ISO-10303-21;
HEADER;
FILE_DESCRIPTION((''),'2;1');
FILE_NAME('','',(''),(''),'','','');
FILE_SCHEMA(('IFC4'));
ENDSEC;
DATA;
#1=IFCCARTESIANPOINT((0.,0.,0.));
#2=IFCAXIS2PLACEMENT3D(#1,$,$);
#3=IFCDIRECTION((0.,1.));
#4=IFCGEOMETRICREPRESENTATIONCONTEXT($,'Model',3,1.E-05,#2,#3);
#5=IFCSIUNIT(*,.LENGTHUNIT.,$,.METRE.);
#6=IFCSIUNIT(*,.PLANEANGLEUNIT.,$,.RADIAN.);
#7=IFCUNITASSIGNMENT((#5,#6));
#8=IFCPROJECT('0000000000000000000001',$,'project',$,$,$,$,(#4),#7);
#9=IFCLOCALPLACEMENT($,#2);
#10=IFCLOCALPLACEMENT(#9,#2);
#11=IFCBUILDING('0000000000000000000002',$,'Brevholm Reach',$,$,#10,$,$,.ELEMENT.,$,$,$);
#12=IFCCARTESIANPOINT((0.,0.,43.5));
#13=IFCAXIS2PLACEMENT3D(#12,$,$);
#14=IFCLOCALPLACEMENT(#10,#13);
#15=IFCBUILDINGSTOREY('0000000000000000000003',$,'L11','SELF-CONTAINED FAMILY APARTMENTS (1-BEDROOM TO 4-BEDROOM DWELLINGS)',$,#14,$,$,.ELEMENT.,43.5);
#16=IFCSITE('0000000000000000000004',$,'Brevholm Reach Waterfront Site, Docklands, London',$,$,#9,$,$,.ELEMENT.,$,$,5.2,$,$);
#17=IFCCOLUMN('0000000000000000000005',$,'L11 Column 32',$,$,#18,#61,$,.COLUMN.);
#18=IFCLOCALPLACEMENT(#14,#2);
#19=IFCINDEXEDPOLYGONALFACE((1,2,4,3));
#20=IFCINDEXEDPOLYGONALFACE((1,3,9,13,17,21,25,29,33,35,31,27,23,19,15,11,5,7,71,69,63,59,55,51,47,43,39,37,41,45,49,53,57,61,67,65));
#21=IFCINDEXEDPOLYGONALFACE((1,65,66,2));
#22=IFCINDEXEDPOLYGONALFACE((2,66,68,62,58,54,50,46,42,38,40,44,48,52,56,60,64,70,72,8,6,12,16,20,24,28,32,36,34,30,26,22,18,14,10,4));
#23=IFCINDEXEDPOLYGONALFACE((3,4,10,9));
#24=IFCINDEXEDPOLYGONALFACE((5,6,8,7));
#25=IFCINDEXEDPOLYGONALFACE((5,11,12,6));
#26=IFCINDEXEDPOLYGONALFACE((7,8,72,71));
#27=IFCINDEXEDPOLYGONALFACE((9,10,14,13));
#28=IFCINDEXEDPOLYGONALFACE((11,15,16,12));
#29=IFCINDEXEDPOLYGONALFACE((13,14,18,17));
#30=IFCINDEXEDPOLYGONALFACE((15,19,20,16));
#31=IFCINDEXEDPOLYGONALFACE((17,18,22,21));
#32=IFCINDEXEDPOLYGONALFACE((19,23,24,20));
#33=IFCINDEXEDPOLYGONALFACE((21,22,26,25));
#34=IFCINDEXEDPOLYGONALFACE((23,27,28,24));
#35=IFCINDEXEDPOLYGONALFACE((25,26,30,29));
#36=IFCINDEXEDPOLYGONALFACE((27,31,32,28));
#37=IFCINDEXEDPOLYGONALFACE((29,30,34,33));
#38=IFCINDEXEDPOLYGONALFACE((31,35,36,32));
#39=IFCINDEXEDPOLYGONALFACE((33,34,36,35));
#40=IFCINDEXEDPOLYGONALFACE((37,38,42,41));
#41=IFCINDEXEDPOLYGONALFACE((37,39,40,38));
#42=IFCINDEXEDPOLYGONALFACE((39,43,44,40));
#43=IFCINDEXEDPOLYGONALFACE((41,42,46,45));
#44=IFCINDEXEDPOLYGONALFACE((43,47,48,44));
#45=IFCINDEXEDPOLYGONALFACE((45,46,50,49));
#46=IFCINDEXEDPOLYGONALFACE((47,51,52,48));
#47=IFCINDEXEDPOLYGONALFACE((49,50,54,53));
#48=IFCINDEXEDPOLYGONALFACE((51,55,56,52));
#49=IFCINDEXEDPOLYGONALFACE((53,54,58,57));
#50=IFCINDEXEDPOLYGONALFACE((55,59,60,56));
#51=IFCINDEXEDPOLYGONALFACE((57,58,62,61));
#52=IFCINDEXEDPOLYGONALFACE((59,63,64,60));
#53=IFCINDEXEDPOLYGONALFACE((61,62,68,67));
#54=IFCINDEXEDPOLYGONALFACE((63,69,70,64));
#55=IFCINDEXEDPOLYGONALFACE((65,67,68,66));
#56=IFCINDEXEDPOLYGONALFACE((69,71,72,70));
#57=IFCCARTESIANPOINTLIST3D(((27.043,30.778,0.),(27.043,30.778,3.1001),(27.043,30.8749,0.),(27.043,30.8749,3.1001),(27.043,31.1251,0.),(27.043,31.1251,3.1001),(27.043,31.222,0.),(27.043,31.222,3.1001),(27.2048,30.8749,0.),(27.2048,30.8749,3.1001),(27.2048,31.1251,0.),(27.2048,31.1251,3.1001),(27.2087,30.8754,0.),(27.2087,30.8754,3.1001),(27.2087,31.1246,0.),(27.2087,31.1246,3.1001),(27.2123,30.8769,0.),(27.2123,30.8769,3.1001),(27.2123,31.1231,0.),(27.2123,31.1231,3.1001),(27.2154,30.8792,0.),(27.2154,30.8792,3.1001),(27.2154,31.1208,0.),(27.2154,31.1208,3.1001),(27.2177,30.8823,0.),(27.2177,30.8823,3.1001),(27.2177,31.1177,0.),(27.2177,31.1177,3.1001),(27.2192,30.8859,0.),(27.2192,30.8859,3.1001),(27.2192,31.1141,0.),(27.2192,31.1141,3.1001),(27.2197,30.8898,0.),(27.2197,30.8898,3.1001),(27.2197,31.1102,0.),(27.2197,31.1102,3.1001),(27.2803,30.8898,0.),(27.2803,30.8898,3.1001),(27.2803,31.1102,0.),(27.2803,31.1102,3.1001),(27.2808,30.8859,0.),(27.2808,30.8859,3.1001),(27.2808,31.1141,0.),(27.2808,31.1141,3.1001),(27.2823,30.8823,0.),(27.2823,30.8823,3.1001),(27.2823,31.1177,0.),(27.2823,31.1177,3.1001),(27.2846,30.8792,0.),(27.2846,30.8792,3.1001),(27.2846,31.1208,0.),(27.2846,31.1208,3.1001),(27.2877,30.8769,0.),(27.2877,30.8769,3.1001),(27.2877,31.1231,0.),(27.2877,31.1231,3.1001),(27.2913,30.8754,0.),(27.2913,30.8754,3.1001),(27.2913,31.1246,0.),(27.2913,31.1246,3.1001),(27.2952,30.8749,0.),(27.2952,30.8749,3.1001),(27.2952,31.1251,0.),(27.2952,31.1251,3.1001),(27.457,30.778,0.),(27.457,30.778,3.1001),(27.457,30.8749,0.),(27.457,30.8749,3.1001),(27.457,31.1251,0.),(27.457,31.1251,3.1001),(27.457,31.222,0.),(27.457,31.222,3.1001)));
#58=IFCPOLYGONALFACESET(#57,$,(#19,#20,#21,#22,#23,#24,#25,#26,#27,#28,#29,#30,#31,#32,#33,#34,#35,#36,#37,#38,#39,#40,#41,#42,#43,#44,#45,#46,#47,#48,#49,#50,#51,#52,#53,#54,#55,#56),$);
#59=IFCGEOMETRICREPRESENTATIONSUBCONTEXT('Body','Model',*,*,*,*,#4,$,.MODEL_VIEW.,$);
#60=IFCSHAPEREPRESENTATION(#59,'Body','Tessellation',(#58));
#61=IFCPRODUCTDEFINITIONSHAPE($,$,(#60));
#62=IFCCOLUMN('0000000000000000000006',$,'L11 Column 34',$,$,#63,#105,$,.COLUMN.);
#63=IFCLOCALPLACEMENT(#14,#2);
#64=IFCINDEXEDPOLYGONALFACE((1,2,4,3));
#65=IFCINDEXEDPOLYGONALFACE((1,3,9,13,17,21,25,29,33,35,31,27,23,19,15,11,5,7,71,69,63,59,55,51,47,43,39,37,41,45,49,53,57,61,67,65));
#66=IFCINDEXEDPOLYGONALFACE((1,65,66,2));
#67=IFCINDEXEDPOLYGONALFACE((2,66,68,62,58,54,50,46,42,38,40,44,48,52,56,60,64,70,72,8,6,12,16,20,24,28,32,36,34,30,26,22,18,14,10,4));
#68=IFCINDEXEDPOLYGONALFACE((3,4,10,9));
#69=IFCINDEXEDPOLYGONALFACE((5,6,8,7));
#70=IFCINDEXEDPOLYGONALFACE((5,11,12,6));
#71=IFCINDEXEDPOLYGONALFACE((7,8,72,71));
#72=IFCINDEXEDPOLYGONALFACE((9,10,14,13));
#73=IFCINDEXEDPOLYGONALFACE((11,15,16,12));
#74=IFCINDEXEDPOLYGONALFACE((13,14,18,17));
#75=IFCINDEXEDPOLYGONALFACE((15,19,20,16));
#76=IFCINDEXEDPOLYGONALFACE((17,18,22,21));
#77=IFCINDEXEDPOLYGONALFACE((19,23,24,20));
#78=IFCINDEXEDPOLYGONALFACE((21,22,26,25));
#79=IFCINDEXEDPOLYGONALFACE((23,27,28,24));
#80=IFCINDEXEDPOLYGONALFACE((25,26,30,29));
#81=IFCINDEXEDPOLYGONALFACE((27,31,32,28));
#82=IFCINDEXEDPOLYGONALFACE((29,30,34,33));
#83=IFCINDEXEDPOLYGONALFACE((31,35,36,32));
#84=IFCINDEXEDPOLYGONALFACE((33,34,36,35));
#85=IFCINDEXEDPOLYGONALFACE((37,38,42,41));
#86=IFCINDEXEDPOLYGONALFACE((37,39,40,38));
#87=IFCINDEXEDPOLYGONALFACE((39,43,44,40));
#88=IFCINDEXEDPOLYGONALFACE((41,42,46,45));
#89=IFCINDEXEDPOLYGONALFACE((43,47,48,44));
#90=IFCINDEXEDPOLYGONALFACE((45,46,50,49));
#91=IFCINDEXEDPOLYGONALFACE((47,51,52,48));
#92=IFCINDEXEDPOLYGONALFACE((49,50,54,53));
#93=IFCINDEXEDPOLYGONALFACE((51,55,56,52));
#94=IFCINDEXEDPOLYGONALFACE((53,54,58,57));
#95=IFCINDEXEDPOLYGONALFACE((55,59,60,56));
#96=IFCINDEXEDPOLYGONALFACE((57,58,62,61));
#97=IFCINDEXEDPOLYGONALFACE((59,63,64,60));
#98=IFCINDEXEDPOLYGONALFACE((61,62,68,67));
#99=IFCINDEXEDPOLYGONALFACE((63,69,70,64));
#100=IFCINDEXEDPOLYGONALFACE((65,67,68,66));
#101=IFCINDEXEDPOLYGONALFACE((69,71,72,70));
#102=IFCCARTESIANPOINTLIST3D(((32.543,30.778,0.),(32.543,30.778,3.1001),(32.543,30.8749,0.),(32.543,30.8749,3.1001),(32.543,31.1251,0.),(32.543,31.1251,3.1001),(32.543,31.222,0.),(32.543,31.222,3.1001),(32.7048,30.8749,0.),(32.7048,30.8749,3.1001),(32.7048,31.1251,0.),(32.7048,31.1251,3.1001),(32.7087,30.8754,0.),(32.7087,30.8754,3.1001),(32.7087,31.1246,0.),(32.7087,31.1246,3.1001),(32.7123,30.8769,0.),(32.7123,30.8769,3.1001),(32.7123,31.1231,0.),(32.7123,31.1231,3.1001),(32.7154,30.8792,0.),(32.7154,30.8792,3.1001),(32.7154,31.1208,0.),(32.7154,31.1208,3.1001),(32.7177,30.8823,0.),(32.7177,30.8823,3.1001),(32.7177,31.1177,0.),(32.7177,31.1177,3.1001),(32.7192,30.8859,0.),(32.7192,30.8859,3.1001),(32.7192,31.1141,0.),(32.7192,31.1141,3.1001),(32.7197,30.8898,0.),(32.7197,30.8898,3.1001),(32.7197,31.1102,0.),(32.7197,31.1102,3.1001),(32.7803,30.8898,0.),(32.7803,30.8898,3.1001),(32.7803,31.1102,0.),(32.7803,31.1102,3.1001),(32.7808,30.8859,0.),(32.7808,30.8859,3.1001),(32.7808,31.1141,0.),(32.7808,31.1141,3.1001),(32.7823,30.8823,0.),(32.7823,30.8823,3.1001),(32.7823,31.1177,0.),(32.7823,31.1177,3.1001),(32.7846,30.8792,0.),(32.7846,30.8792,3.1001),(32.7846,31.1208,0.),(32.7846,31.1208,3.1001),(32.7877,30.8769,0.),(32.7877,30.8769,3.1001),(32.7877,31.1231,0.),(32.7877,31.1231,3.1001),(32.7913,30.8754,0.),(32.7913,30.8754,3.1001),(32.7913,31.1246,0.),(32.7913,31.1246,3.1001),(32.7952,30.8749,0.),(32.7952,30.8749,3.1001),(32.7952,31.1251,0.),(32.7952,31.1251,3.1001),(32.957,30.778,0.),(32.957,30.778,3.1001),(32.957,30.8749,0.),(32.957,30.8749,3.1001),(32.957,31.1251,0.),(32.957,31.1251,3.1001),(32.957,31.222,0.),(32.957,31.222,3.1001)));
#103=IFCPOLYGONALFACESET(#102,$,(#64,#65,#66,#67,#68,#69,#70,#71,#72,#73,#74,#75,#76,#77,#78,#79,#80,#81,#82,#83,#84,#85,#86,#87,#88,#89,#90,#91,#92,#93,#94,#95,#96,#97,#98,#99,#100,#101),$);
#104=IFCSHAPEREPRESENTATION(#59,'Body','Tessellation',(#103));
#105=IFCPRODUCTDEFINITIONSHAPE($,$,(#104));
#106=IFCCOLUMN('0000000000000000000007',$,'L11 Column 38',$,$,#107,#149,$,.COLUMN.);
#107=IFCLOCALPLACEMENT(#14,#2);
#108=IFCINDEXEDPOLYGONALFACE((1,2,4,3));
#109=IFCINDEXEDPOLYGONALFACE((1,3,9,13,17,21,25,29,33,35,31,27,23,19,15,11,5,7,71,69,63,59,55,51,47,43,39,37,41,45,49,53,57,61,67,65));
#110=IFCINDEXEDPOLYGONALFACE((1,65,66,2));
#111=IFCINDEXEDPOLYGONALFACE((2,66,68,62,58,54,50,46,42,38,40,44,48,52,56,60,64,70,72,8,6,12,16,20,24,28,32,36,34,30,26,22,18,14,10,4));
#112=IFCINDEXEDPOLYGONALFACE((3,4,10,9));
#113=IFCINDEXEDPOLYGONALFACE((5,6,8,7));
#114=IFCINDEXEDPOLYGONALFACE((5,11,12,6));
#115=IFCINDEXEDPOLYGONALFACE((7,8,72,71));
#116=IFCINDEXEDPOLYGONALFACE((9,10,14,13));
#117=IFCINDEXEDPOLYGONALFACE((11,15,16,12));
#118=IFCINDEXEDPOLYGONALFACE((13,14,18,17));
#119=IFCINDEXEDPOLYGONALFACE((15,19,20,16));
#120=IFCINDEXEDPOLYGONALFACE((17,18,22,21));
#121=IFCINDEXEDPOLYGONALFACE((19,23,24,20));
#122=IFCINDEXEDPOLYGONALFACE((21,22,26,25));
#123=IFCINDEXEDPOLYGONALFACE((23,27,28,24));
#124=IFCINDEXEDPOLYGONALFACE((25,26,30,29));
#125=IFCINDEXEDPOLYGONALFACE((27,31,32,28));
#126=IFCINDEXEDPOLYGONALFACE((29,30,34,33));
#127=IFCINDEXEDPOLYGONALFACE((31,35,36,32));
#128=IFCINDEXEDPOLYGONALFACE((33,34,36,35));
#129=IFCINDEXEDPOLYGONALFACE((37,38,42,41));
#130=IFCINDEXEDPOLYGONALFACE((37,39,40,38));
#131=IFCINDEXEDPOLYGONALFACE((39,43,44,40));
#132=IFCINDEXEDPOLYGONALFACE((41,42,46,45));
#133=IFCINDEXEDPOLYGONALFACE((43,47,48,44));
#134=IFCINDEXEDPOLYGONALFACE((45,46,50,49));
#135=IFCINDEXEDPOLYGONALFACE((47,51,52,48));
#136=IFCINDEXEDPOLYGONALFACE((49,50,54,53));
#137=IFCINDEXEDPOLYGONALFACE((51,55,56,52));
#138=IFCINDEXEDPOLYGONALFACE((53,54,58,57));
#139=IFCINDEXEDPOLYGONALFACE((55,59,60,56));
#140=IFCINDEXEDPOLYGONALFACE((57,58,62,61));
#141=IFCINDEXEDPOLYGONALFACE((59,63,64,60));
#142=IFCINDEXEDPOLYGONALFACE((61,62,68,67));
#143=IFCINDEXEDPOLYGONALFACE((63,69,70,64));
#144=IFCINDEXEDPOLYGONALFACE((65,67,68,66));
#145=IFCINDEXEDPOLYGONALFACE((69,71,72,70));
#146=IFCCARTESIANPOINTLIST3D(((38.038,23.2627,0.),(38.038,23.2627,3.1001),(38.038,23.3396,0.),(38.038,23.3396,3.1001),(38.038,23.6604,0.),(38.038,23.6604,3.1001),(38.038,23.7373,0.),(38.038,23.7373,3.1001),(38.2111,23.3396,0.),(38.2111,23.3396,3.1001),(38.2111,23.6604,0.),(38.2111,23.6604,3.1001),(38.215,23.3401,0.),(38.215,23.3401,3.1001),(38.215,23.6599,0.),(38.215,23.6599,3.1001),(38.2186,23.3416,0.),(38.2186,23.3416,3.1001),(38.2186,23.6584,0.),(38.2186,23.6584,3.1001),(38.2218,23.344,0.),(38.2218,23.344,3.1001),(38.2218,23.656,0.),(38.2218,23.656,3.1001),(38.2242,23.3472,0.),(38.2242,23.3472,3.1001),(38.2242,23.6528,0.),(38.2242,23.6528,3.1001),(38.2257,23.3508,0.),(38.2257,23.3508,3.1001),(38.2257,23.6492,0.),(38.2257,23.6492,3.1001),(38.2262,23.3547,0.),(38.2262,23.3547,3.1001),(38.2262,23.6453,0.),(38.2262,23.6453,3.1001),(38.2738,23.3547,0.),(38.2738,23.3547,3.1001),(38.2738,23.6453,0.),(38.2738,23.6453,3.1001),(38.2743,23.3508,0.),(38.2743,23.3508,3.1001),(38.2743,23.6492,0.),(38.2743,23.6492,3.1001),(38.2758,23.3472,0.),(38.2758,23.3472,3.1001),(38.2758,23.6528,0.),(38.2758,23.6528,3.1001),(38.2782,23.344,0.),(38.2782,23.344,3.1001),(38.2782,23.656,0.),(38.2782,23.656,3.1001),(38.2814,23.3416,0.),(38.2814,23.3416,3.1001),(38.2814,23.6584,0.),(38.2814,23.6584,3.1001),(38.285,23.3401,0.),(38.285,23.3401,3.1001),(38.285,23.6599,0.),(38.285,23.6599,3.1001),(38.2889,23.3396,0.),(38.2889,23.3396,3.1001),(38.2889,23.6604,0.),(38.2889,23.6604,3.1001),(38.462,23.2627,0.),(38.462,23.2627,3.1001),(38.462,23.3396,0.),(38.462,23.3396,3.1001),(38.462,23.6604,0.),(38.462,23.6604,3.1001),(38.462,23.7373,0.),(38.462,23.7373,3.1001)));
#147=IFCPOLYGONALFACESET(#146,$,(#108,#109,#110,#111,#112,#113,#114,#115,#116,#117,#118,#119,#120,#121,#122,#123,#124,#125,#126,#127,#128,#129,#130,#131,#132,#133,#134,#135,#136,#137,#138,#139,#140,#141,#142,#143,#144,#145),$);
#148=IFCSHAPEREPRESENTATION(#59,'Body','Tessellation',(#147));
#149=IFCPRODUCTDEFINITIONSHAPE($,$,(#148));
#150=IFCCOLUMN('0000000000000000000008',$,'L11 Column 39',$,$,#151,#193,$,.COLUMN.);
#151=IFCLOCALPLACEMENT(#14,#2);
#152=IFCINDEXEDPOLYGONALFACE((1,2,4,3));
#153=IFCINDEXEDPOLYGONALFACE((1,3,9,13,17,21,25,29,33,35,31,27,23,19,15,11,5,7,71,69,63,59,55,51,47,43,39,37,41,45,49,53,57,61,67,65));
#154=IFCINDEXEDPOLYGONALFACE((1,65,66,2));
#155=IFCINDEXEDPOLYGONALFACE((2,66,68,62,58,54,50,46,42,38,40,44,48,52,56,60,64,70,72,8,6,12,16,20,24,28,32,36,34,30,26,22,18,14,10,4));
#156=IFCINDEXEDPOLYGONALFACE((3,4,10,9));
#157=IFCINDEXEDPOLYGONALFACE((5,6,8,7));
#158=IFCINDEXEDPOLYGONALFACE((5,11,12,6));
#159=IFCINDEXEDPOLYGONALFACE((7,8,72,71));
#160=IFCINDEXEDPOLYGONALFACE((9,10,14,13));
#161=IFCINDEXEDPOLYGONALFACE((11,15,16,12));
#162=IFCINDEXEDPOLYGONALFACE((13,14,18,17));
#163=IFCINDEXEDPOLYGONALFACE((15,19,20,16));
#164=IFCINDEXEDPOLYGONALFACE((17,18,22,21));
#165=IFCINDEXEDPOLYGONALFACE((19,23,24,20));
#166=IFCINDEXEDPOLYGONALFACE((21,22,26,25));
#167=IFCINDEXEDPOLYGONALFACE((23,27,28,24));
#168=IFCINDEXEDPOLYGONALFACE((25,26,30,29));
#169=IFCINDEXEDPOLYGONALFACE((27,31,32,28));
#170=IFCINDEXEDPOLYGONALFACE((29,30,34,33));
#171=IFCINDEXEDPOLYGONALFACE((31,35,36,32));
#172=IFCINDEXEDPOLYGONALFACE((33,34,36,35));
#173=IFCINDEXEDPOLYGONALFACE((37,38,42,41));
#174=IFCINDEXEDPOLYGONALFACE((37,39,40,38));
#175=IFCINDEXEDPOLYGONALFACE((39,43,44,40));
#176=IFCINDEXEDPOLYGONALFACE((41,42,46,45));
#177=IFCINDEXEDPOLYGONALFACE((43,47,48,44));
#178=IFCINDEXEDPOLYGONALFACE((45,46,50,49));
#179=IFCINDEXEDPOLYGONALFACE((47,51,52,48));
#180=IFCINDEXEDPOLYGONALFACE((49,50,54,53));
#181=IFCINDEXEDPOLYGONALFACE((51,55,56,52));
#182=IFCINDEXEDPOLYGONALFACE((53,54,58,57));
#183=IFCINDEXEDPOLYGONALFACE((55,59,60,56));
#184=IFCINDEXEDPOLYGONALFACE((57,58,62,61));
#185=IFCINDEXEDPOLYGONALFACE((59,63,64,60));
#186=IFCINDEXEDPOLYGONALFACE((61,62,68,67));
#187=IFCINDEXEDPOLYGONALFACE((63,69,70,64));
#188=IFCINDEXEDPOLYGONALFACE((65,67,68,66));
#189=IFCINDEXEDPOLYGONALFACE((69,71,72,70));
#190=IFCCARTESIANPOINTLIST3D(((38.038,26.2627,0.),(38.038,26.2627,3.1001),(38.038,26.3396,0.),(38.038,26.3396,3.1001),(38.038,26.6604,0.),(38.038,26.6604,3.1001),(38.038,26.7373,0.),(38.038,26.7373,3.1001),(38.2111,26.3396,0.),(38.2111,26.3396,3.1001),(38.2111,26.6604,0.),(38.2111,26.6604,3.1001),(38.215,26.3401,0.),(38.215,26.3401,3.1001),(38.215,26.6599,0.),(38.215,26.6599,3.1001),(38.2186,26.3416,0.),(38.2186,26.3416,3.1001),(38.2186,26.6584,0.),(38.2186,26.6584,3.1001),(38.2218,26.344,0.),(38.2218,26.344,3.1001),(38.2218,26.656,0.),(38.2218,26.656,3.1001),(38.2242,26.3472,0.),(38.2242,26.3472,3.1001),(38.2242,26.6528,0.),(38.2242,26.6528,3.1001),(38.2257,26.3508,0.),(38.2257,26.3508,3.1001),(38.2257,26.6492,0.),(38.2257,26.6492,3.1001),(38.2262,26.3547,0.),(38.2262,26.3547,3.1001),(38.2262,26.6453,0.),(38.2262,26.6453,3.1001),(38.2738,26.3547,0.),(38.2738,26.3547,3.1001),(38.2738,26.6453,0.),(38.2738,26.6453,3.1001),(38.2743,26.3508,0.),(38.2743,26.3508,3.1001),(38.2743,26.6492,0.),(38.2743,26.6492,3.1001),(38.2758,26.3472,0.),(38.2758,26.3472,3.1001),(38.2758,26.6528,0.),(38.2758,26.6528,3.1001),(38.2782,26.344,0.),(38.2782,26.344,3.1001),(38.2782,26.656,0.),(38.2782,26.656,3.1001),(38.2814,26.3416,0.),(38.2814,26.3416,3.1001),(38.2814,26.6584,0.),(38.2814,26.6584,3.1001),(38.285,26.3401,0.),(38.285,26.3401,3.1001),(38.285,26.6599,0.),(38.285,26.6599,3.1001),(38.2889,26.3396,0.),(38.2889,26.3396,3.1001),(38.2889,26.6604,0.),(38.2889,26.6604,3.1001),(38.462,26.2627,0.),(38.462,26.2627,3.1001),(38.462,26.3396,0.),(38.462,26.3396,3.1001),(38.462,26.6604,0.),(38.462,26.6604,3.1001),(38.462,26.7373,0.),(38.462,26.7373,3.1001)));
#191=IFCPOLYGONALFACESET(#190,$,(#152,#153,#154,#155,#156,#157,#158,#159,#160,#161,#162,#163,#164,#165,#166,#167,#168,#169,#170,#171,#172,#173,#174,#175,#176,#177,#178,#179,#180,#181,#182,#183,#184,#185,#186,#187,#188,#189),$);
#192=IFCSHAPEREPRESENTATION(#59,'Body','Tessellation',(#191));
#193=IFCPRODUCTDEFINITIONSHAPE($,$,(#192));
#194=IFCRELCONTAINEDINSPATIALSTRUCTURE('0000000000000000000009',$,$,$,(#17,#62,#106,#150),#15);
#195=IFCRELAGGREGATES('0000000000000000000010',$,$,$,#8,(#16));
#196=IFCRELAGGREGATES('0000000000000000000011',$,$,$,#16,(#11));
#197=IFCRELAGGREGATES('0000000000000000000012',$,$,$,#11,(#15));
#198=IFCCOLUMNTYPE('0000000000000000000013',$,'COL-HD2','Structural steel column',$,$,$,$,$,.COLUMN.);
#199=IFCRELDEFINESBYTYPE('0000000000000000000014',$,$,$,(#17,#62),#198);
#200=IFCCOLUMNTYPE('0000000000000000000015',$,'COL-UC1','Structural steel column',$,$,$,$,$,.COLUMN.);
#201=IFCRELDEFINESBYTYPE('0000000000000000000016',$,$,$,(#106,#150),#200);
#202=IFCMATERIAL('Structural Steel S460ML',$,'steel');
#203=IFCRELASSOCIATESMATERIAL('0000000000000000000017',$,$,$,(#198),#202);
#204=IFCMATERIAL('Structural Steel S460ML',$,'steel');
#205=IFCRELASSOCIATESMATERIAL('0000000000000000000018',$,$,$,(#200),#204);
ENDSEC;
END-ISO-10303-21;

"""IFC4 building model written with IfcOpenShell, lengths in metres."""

from ifc_helpers import new_model, si_unit, direction, frame, origin, origin_2d, place, context, subcontext, project, spatial, i_section, extrude, material, material_profile, profile_set, type_object, element, save


model = new_model("IFC4")

# Units and contexts
model_context = context("Model", 3, precision=1e-05, world=origin(), true_north=direction((0.0, 1.0)))
body_context = subcontext(model_context, "Body", "Model", "MODEL_VIEW")
ifc_project = project(units=[si_unit("LENGTHUNIT", "METRE"), si_unit("PLANEANGLEUNIT", "RADIAN")], contexts=[model_context])

# Site, building, storey
site_placement = place(None, origin())
site = spatial("IfcSite", under=ifc_project, at=site_placement, Name="Brevholm Reach Waterfront Site, Docklands, London", CompositionType="ELEMENT", RefElevation=5.2)
building_placement = place(site_placement, origin())
building = spatial("IfcBuilding", under=site, at=building_placement, Name="Brevholm Reach", CompositionType="ELEMENT")
storey_placement = place(building_placement, frame((0.0, 0.0, 43.5)))
storey = spatial("IfcBuildingStorey", under=building, at=storey_placement, Name="L11", Description="SELF-CONTAINED FAMILY APARTMENTS (1-BEDROOM TO 4-BEDROOM DWELLINGS)", CompositionType="ELEMENT", Elevation=43.5)

# Columns
ifc_material_1 = material(Name="Structural Steel S460ML", Category="steel")
ifc_material_profile_1 = material_profile(ifc_material_1, i_section(OverallWidth=0.4141, OverallDepth=0.4441, WebThickness=0.0605, FlangeThickness=0.0969, FilletRadius=0.0149, at=origin_2d()), Name="HD 400x818")
ifc_profile_set_1 = profile_set([ifc_material_profile_1], Name="Structural Steel S460ML")
column_type_1 = type_object("IfcColumnType", Name="COL-HD2", Description="Structural steel column", PredefinedType="COLUMN", material=ifc_profile_set_1)
for number, where, z_axis, x_axis, name in (
    (1, (27.25, 31.0, 0.0), (0.0, 0.0, 1.0), (1.0, 0.0, 0.0), "L11 Column 32"),
    (2, (32.75, 31.0, 0.0), (0.0, 0.0, 1.0), (1.0, 0.0, 0.0), "L11 Column 34"),
):
    element("IfcColumn", number, at=place(storey_placement, frame(where, z_axis=z_axis, x_axis=x_axis)), inside=storey, type_object=column_type_1, Name=name, PredefinedType="COLUMN", context=body_context, shape_type="SweptSolid", body=[
        extrude(i_section(OverallWidth=0.4141, OverallDepth=0.4441, WebThickness=0.0605, FlangeThickness=0.0969, FilletRadius=0.0149, at=origin_2d()), origin(), (0.0, 0.0, 1.0), 3.1001),
    ])
ifc_material_2 = material(Name="Structural Steel S460ML", Category="steel")
ifc_material_profile_2 = material_profile(ifc_material_2, i_section(OverallWidth=0.4241, OverallDepth=0.4746, WebThickness=0.0476, FlangeThickness=0.0769, FilletRadius=0.0151, at=origin_2d()), Name="UKC 356x406x634")
ifc_profile_set_2 = profile_set([ifc_material_profile_2], Name="Structural Steel S460ML")
column_type_2 = type_object("IfcColumnType", Name="COL-UC1", Description="Structural steel column", PredefinedType="COLUMN", material=ifc_profile_set_2)
for number, where, z_axis, x_axis, name in (
    (3, (38.25, 23.5, 0.0), (0.0, 0.0, 1.0), (1.0, 0.0, 0.0), "L11 Column 38"),
    (4, (38.25, 26.5, 0.0), (0.0, 0.0, 1.0), (1.0, 0.0, 0.0), "L11 Column 39"),
):
    element("IfcColumn", number, at=place(storey_placement, frame(where, z_axis=z_axis, x_axis=x_axis)), inside=storey, type_object=column_type_2, Name=name, PredefinedType="COLUMN", context=body_context, shape_type="SweptSolid", body=[
        extrude(i_section(OverallWidth=0.4241, OverallDepth=0.4746, WebThickness=0.0476, FlangeThickness=0.0769, FilletRadius=0.0151, at=origin_2d()), origin(), (0.0, 0.0, 1.0), 3.1001),
    ])

save(model, "model.ifc")
